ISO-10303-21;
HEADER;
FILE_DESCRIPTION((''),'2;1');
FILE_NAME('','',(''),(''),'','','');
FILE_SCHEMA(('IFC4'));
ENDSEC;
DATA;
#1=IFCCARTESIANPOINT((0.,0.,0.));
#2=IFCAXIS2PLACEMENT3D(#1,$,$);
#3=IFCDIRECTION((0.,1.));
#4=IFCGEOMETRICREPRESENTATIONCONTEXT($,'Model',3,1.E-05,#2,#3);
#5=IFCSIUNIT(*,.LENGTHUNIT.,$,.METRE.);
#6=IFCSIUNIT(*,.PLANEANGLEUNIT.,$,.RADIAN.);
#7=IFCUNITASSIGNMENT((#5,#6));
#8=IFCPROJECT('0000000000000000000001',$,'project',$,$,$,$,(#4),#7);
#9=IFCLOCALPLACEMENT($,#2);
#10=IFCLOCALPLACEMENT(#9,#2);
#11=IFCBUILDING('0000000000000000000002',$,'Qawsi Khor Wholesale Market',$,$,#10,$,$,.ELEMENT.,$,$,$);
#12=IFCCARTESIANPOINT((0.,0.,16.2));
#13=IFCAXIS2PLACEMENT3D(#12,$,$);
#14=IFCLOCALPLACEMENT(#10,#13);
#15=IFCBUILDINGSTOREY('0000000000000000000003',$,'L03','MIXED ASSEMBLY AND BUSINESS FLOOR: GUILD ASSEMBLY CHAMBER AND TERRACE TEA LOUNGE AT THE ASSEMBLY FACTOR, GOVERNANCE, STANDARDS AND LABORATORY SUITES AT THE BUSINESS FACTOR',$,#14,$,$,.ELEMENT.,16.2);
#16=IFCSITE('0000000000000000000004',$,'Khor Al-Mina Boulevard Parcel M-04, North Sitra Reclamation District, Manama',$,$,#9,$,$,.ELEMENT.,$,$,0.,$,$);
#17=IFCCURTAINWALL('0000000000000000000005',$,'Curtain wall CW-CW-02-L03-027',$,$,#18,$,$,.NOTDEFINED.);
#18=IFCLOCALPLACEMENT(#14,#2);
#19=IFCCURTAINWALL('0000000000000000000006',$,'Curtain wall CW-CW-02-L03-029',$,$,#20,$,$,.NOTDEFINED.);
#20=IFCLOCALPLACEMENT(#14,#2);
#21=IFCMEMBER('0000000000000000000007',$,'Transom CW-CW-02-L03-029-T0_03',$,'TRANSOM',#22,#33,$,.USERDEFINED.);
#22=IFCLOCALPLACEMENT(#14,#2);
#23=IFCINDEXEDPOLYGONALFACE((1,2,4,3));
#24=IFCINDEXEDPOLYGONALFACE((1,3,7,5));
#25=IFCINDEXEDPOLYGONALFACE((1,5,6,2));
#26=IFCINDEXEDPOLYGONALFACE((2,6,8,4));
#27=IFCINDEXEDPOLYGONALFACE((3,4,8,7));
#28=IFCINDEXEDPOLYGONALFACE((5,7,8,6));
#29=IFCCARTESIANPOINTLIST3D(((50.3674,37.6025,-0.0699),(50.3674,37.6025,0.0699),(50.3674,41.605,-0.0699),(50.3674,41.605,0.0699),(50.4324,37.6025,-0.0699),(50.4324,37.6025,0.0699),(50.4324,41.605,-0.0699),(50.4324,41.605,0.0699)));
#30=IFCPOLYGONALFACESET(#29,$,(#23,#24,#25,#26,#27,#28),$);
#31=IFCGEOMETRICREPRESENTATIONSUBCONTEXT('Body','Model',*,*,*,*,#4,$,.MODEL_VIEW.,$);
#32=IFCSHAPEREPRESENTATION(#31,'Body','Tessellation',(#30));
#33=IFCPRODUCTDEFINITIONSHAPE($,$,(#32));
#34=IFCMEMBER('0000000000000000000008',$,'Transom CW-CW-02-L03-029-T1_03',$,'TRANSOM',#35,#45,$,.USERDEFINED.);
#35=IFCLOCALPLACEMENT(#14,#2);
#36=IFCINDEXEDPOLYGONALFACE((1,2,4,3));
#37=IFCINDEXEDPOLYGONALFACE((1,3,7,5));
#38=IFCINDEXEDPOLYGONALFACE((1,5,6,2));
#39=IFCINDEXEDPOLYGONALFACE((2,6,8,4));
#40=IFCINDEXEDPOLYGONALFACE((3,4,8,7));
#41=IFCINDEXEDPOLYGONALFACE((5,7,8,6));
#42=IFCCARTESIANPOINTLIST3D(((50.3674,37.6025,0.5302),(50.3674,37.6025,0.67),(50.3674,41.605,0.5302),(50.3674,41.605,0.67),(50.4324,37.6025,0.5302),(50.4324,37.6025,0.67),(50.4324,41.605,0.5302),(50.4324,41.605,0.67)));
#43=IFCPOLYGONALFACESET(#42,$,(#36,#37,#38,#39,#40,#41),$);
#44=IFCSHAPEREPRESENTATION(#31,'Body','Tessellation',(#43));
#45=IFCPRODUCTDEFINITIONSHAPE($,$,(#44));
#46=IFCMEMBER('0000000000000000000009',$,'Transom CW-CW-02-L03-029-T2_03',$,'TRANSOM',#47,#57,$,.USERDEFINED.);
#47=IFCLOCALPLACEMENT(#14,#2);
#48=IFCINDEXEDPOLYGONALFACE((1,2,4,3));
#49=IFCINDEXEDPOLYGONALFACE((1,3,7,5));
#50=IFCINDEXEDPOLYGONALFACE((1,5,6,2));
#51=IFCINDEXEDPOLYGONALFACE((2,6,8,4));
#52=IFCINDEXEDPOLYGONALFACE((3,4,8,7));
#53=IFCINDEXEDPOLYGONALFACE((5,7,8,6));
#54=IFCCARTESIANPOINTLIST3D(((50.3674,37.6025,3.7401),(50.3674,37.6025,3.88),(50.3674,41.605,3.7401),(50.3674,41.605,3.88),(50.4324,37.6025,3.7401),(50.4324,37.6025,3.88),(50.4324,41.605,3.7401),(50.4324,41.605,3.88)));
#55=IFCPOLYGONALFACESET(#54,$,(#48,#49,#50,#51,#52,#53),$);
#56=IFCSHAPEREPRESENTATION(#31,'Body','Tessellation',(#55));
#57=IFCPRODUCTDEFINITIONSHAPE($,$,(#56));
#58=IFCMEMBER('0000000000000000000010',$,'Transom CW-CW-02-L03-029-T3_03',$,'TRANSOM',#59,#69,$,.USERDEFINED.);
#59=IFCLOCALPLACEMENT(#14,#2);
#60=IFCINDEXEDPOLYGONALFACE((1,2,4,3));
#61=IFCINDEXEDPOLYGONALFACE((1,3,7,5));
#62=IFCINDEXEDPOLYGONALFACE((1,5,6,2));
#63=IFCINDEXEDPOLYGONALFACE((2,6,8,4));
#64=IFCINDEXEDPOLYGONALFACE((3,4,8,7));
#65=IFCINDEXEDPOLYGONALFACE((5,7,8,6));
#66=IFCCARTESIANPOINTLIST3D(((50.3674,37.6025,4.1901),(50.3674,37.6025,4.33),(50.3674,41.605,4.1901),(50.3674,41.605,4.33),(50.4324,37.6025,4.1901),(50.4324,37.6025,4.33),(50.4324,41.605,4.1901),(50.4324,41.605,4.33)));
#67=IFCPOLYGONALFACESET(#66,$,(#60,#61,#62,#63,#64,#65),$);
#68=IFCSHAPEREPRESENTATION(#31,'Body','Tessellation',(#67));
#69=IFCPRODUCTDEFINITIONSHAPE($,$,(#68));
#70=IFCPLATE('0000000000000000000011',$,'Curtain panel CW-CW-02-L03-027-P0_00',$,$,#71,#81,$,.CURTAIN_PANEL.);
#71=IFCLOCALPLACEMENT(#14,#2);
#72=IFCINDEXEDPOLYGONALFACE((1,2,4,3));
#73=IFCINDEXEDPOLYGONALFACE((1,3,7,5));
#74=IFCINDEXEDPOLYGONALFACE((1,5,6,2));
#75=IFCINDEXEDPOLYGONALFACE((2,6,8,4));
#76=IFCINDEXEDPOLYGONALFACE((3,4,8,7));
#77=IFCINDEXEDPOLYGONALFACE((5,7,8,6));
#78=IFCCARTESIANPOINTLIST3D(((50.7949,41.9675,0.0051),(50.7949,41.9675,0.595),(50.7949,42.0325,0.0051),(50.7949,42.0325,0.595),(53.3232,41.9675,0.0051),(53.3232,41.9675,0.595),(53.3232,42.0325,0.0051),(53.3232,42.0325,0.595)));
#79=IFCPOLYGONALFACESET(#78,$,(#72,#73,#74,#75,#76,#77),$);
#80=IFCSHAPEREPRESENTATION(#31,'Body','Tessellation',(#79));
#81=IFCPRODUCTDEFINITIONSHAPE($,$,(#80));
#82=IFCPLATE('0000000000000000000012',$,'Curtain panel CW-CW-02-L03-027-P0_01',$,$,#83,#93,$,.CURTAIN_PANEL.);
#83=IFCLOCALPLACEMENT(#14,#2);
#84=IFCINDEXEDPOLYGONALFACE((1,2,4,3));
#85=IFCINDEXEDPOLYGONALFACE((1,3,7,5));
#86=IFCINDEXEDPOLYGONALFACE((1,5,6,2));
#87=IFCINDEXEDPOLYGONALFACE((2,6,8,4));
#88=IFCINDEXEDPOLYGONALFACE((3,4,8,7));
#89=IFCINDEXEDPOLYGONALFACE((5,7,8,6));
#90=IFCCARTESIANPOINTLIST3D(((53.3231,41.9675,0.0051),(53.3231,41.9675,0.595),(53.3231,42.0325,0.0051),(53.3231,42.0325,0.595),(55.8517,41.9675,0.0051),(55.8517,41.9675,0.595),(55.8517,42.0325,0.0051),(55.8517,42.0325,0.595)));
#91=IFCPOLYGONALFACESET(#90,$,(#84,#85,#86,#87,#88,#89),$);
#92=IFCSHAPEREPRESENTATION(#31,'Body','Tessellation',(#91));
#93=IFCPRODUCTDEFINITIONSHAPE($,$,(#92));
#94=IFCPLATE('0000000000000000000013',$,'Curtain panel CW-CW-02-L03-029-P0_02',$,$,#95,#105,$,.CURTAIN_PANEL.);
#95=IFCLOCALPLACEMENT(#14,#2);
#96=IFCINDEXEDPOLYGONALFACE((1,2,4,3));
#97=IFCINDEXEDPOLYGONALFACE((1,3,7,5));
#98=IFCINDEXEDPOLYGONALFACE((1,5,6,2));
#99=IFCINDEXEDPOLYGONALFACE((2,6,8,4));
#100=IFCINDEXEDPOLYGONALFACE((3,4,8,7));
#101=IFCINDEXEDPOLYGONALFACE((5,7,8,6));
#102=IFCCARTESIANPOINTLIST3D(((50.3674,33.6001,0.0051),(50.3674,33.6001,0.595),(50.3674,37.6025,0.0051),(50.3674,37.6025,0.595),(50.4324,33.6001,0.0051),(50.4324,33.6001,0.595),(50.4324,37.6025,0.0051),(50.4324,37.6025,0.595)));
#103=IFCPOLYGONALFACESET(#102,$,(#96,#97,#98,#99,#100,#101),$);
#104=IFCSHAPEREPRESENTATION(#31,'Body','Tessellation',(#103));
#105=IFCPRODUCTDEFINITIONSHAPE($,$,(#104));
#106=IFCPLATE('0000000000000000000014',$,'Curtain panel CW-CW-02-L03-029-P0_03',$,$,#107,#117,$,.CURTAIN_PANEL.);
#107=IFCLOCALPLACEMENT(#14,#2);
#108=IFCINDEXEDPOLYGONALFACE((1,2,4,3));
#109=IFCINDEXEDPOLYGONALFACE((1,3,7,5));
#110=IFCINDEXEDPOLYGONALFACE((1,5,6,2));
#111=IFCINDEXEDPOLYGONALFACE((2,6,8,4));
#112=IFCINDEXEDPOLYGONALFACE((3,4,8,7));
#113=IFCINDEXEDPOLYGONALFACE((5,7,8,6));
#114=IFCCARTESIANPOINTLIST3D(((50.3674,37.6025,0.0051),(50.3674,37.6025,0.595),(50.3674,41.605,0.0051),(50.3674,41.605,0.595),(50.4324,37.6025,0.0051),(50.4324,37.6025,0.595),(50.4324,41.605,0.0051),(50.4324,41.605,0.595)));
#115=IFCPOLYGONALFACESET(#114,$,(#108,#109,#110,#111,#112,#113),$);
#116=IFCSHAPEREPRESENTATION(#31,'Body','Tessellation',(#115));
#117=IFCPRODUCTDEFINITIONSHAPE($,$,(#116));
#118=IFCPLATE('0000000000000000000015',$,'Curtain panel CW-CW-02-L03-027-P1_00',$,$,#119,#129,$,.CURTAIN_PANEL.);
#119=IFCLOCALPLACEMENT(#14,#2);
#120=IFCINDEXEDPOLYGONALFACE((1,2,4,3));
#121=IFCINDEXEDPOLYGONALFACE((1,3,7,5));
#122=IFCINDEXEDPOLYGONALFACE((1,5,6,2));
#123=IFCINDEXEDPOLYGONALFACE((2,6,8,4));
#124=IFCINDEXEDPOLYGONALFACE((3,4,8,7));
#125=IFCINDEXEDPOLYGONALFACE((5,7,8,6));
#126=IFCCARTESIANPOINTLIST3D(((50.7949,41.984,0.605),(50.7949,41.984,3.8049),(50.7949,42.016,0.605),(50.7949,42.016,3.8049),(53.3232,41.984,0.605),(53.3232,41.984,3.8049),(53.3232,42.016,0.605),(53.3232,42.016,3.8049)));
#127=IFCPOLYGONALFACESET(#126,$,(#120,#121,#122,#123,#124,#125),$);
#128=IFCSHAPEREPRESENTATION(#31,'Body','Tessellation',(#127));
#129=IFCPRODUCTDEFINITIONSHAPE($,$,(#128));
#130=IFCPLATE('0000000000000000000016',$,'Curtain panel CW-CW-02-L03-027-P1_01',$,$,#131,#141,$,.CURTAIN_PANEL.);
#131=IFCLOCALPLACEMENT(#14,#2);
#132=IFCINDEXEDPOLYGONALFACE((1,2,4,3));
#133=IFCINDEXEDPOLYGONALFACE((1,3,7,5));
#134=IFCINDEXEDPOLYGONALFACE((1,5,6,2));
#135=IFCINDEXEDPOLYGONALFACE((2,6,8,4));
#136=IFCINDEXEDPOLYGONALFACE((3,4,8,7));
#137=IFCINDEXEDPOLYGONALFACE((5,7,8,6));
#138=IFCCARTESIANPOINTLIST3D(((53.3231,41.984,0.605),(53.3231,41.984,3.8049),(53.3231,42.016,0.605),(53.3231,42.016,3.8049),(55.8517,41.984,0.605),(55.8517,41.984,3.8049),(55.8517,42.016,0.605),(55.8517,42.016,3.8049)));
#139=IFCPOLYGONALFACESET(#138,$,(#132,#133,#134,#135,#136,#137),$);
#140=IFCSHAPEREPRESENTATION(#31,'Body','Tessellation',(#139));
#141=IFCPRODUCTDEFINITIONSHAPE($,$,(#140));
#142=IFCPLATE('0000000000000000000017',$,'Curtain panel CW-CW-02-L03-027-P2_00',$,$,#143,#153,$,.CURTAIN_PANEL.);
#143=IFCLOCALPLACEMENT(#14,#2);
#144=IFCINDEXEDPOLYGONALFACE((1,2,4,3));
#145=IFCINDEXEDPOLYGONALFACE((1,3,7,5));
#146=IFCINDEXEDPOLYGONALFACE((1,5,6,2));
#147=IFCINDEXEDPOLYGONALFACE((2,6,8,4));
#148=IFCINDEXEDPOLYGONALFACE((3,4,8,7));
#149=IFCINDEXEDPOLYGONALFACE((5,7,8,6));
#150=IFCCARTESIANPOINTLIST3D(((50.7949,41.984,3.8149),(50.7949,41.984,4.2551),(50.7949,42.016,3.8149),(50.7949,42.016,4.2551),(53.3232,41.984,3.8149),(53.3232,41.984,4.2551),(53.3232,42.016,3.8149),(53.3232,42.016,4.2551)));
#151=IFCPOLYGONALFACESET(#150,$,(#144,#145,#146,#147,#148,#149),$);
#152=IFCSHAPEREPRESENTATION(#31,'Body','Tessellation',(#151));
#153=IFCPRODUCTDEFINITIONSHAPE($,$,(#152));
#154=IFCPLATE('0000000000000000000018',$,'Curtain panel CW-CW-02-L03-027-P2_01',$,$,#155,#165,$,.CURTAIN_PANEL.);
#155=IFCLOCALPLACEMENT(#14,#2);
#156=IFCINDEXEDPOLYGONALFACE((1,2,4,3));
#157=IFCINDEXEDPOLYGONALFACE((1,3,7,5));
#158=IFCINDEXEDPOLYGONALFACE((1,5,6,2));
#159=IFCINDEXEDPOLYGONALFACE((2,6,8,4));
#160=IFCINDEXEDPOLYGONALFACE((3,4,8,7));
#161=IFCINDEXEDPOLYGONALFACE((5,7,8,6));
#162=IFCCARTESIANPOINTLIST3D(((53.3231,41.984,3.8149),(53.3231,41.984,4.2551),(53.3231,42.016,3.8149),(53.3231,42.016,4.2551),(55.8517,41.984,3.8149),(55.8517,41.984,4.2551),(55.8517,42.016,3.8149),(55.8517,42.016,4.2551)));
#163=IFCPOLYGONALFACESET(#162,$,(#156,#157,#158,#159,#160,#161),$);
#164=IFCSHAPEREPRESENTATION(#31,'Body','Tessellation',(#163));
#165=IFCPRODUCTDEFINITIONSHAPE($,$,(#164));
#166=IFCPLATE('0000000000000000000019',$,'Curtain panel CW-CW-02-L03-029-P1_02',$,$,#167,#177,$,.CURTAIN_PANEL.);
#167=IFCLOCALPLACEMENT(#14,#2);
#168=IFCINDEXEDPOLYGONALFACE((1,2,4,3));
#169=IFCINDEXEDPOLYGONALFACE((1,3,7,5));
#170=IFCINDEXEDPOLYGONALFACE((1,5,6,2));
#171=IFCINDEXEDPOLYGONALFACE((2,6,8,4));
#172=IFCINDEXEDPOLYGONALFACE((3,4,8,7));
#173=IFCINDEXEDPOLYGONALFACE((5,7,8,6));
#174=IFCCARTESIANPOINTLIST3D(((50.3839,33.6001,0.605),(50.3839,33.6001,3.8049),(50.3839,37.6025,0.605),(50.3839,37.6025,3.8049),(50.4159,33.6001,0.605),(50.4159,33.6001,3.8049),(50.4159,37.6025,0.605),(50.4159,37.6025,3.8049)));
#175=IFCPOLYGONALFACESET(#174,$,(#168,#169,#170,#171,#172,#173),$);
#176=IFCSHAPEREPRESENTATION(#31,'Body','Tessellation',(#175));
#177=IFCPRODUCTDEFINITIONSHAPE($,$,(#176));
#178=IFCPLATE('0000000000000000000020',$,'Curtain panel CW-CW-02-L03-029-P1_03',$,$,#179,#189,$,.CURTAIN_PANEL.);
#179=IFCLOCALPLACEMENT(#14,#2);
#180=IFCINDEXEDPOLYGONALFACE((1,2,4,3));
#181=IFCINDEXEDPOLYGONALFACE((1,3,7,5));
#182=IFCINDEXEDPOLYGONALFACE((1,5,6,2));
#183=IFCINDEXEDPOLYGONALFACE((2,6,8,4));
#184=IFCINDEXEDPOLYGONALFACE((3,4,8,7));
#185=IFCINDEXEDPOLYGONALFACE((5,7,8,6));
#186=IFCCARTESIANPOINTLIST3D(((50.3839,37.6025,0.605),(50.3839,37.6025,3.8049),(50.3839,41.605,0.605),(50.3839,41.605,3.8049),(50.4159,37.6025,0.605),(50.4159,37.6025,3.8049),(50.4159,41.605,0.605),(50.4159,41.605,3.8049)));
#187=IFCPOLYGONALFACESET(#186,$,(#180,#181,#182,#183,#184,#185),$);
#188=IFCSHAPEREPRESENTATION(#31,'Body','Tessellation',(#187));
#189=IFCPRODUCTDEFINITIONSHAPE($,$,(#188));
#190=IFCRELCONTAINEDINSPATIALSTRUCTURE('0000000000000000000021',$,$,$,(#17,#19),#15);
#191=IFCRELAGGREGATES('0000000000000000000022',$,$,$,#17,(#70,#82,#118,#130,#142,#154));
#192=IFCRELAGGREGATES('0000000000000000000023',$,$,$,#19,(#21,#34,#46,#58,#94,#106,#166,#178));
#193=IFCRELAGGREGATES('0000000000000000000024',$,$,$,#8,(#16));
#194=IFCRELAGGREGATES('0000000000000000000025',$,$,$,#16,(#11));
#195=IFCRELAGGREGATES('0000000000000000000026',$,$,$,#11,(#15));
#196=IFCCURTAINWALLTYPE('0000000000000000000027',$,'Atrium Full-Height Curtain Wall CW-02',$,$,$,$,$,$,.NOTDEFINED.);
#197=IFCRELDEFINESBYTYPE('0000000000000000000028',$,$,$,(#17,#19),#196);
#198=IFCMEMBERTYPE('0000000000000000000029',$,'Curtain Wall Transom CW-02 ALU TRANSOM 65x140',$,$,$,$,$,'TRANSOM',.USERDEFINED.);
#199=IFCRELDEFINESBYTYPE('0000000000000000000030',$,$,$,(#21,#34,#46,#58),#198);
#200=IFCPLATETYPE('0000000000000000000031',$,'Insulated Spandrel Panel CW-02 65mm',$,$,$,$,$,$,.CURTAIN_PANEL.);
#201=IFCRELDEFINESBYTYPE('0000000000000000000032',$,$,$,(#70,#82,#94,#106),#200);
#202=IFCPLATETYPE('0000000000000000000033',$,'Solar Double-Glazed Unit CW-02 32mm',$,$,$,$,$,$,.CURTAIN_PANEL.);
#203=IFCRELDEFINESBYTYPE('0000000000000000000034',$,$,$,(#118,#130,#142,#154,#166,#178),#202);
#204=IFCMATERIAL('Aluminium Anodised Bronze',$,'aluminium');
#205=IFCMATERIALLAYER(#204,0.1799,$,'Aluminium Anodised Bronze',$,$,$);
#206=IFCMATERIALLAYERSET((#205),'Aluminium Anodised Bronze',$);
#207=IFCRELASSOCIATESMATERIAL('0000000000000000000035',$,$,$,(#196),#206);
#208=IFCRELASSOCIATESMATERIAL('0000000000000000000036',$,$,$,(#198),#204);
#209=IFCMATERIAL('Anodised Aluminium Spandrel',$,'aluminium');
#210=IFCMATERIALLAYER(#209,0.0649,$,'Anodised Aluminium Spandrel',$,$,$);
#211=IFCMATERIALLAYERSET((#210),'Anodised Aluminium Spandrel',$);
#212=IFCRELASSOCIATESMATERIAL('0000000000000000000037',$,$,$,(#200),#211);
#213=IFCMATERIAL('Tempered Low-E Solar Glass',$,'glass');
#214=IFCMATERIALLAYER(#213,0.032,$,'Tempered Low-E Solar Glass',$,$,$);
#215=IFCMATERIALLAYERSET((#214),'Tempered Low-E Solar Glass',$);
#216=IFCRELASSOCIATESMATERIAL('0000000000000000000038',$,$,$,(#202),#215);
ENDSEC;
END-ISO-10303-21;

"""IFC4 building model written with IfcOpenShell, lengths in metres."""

from ifc_helpers import new_model, si_unit, direction, frame, frame_2d, origin, origin_2d, place, context, subcontext, project, spatial, rectangle, extrude, material, layer, layer_set, material_profile, profile_set, type_object, element, aggregate, save


model = new_model("IFC4")

# Units and contexts
model_context = context("Model", 3, precision=1e-05, world=origin(), true_north=direction((0.0, 1.0)))
body_context = subcontext(model_context, "Body", "Model", "MODEL_VIEW")
ifc_project = project(units=[si_unit("LENGTHUNIT", "METRE"), si_unit("PLANEANGLEUNIT", "RADIAN")], contexts=[model_context])

# Site, building, storey
site_placement = place(None, origin())
site = spatial("IfcSite", under=ifc_project, at=site_placement, Name="Khor Al-Mina Boulevard Parcel M-04, North Sitra Reclamation District, Manama", CompositionType="ELEMENT", RefElevation=0.0)
building_placement = place(site_placement, origin())
building = spatial("IfcBuilding", under=site, at=building_placement, Name="Qawsi Khor Wholesale Market", CompositionType="ELEMENT")
storey_placement = place(building_placement, frame((0.0, 0.0, 16.2)))
storey = spatial("IfcBuildingStorey", under=building, at=storey_placement, Name="L03", Description="MIXED ASSEMBLY AND BUSINESS FLOOR: GUILD ASSEMBLY CHAMBER AND TERRACE TEA LOUNGE AT THE ASSEMBLY FACTOR, GOVERNANCE, STANDARDS AND LABORATORY SUITES AT THE BUSINESS FACTOR", CompositionType="ELEMENT", Elevation=16.2)

# Curtain walls
ifc_material_1 = material(Name="Aluminium Anodised Bronze", Category="aluminium")
ifc_layer_1 = layer(ifc_material_1, 0.1799, Name="Aluminium Anodised Bronze")
ifc_layer_set_1 = layer_set([ifc_layer_1], Name="Aluminium Anodised Bronze")
curtain_wall_type = type_object("IfcCurtainWallType", Name="Atrium Full-Height Curtain Wall CW-02", PredefinedType="NOTDEFINED", material=ifc_layer_set_1)
curtain_wall_1_placement = place(storey_placement, origin())
curtain_wall_1 = element("IfcCurtainWall", 1, at=curtain_wall_1_placement, inside=storey, type_object=curtain_wall_type, Name="Curtain wall CW-CW-02-L03-027", PredefinedType="NOTDEFINED")
curtain_wall_2_placement = place(storey_placement, origin())
curtain_wall_2 = element("IfcCurtainWall", 2, at=curtain_wall_2_placement, inside=storey, type_object=curtain_wall_type, Name="Curtain wall CW-CW-02-L03-029", PredefinedType="NOTDEFINED")

# Members
ifc_material_profile_1 = material_profile(ifc_material_1, rectangle(XDim=0.0649, YDim=0.1399, at=origin_2d()), Name="ALU TRANSOM 65x140")
ifc_profile_set_1 = profile_set([ifc_material_profile_1], Name="Aluminium Anodised Bronze")
member_type_1 = type_object("IfcMemberType", Name="Curtain Wall Transom CW-02 ALU TRANSOM 65x140", ElementType="TRANSOM", PredefinedType="USERDEFINED", material=ifc_profile_set_1)
member_1_placement = place(storey_placement, frame((50.3999, 37.6025, 0.0), z_axis=(0.0, 1.0, 0.0), x_axis=(-1.0, 0.0, 0.0)))
member_1 = element("IfcMember", 3, at=member_1_placement, type_object=member_type_1, Name="Transom CW-CW-02-L03-029-T0_03", ObjectType="TRANSOM", PredefinedType="USERDEFINED", context=body_context, shape_type="SweptSolid", body=[
    extrude(rectangle(XDim=0.0649, YDim=0.1399, at=origin_2d()), origin(), (0.0, 0.0, 1.0), 4.0024),
])
member_2_placement = place(storey_placement, frame((50.3999, 37.6025, 0.6001), z_axis=(0.0, 1.0, 0.0), x_axis=(-1.0, 0.0, 0.0)))
member_2 = element("IfcMember", 4, at=member_2_placement, type_object=member_type_1, Name="Transom CW-CW-02-L03-029-T1_03", ObjectType="TRANSOM", PredefinedType="USERDEFINED", context=body_context, shape_type="SweptSolid", body=[
    extrude(rectangle(XDim=0.0649, YDim=0.1399, at=origin_2d()), origin(), (0.0, 0.0, 1.0), 4.0024),
])
member_3_placement = place(storey_placement, frame((50.3999, 37.6025, 3.8101), z_axis=(0.0, 1.0, 0.0), x_axis=(-1.0, 0.0, 0.0)))
member_3 = element("IfcMember", 5, at=member_3_placement, type_object=member_type_1, Name="Transom CW-CW-02-L03-029-T2_03", ObjectType="TRANSOM", PredefinedType="USERDEFINED", context=body_context, shape_type="SweptSolid", body=[
    extrude(rectangle(XDim=0.0649, YDim=0.1399, at=origin_2d()), origin(), (0.0, 0.0, 1.0), 4.0024),
])
member_4_placement = place(storey_placement, frame((50.3999, 37.6025, 4.26), z_axis=(0.0, 1.0, 0.0), x_axis=(-1.0, 0.0, 0.0)))
member_4 = element("IfcMember", 6, at=member_4_placement, type_object=member_type_1, Name="Transom CW-CW-02-L03-029-T3_03", ObjectType="TRANSOM", PredefinedType="USERDEFINED", context=body_context, shape_type="SweptSolid", body=[
    extrude(rectangle(XDim=0.0649, YDim=0.1399, at=origin_2d()), origin(), (0.0, 0.0, 1.0), 4.0024),
])

# Plates
ifc_material_2 = material(Name="Anodised Aluminium Spandrel", Category="aluminium")
ifc_layer_2 = layer(ifc_material_2, 0.0649, Name="Anodised Aluminium Spandrel")
ifc_layer_set_2 = layer_set([ifc_layer_2], Name="Anodised Aluminium Spandrel")
plate_type_1 = type_object("IfcPlateType", Name="Insulated Spandrel Panel CW-02 65mm", PredefinedType="CURTAIN_PANEL", material=ifc_layer_set_2)
plate_1_placement = place(storey_placement, frame((50.7949, 42.0, 0.0051), z_axis=(0.0, 0.0, 1.0), x_axis=(1.0, 0.0, 0.0)))
plate_1 = element("IfcPlate", 7, at=plate_1_placement, type_object=plate_type_1, Name="Curtain panel CW-CW-02-L03-027-P0_00", PredefinedType="CURTAIN_PANEL", context=body_context, shape_type="SweptSolid", body=[
    extrude(rectangle(XDim=2.5283, YDim=0.0649, at=frame_2d((1.2642, 0.0))), origin(), (0.0, 0.0, 1.0), 0.5898),
])
plate_2_placement = place(storey_placement, frame((53.3232, 42.0, 0.0051), z_axis=(0.0, 0.0, 1.0), x_axis=(1.0, 0.0, 0.0)))
plate_2 = element("IfcPlate", 8, at=plate_2_placement, type_object=plate_type_1, Name="Curtain panel CW-CW-02-L03-027-P0_01", PredefinedType="CURTAIN_PANEL", context=body_context, shape_type="SweptSolid", body=[
    extrude(rectangle(XDim=2.5286, YDim=0.0649, at=frame_2d((1.2642, 0.0))), origin(), (0.0, 0.0, 1.0), 0.5898),
])
plate_3_placement = place(storey_placement, frame((50.3999, 33.6001, 0.0051), z_axis=(0.0, 0.0, 1.0), x_axis=(0.0, 1.0, 0.0)))
plate_3 = element("IfcPlate", 9, at=plate_3_placement, type_object=plate_type_1, Name="Curtain panel CW-CW-02-L03-029-P0_02", PredefinedType="CURTAIN_PANEL", context=body_context, shape_type="SweptSolid", body=[
    extrude(rectangle(XDim=4.0024, YDim=0.0649, at=frame_2d((2.0012, 0.0))), origin(), (0.0, 0.0, 1.0), 0.5898),
])
plate_4_placement = place(storey_placement, frame((50.3999, 37.6025, 0.0051), z_axis=(0.0, 0.0, 1.0), x_axis=(0.0, 1.0, 0.0)))
plate_4 = element("IfcPlate", 10, at=plate_4_placement, type_object=plate_type_1, Name="Curtain panel CW-CW-02-L03-029-P0_03", PredefinedType="CURTAIN_PANEL", context=body_context, shape_type="SweptSolid", body=[
    extrude(rectangle(XDim=4.0024, YDim=0.0649, at=frame_2d((2.0012, 0.0))), origin(), (0.0, 0.0, 1.0), 0.5898),
])
ifc_material_3 = material(Name="Tempered Low-E Solar Glass", Category="glass")
ifc_layer_3 = layer(ifc_material_3, 0.032, Name="Tempered Low-E Solar Glass")
ifc_layer_set_3 = layer_set([ifc_layer_3], Name="Tempered Low-E Solar Glass")
plate_type_2 = type_object("IfcPlateType", Name="Solar Double-Glazed Unit CW-02 32mm", PredefinedType="CURTAIN_PANEL", material=ifc_layer_set_3)
plate_5_placement = place(storey_placement, frame((50.7949, 42.0, 0.605), z_axis=(0.0, 0.0, 1.0), x_axis=(1.0, 0.0, 0.0)))
plate_5 = element("IfcPlate", 11, at=plate_5_placement, type_object=plate_type_2, Name="Curtain panel CW-CW-02-L03-027-P1_00", PredefinedType="CURTAIN_PANEL", context=body_context, shape_type="SweptSolid", body=[
    extrude(rectangle(XDim=2.5283, YDim=0.032, at=frame_2d((1.2642, 0.0))), origin(), (0.0, 0.0, 1.0), 3.2),
])
plate_6_placement = place(storey_placement, frame((53.3232, 42.0, 0.605), z_axis=(0.0, 0.0, 1.0), x_axis=(1.0, 0.0, 0.0)))
plate_6 = element("IfcPlate", 12, at=plate_6_placement, type_object=plate_type_2, Name="Curtain panel CW-CW-02-L03-027-P1_01", PredefinedType="CURTAIN_PANEL", context=body_context, shape_type="SweptSolid", body=[
    extrude(rectangle(XDim=2.5286, YDim=0.032, at=frame_2d((1.2642, 0.0))), origin(), (0.0, 0.0, 1.0), 3.2),
])
plate_7_placement = place(storey_placement, frame((50.7949, 42.0, 3.8149), z_axis=(0.0, 0.0, 1.0), x_axis=(1.0, 0.0, 0.0)))
plate_7 = element("IfcPlate", 13, at=plate_7_placement, type_object=plate_type_2, Name="Curtain panel CW-CW-02-L03-027-P2_00", PredefinedType="CURTAIN_PANEL", context=body_context, shape_type="SweptSolid", body=[
    extrude(rectangle(XDim=2.5283, YDim=0.032, at=frame_2d((1.2642, 0.0))), origin(), (0.0, 0.0, 1.0), 0.4402),
])
plate_8_placement = place(storey_placement, frame((53.3232, 42.0, 3.8149), z_axis=(0.0, 0.0, 1.0), x_axis=(1.0, 0.0, 0.0)))
plate_8 = element("IfcPlate", 14, at=plate_8_placement, type_object=plate_type_2, Name="Curtain panel CW-CW-02-L03-027-P2_01", PredefinedType="CURTAIN_PANEL", context=body_context, shape_type="SweptSolid", body=[
    extrude(rectangle(XDim=2.5286, YDim=0.032, at=frame_2d((1.2642, 0.0))), origin(), (0.0, 0.0, 1.0), 0.4402),
])
aggregate(curtain_wall_1, [plate_1, plate_2, plate_5, plate_6, plate_7, plate_8])
plate_9_placement = place(storey_placement, frame((50.3999, 33.6001, 0.605), z_axis=(0.0, 0.0, 1.0), x_axis=(0.0, 1.0, 0.0)))
plate_9 = element("IfcPlate", 15, at=plate_9_placement, type_object=plate_type_2, Name="Curtain panel CW-CW-02-L03-029-P1_02", PredefinedType="CURTAIN_PANEL", context=body_context, shape_type="SweptSolid", body=[
    extrude(rectangle(XDim=4.0024, YDim=0.032, at=frame_2d((2.0012, 0.0))), origin(), (0.0, 0.0, 1.0), 3.2),
])
plate_10_placement = place(storey_placement, frame((50.3999, 37.6025, 0.605), z_axis=(0.0, 0.0, 1.0), x_axis=(0.0, 1.0, 0.0)))
plate_10 = element("IfcPlate", 16, at=plate_10_placement, type_object=plate_type_2, Name="Curtain panel CW-CW-02-L03-029-P1_03", PredefinedType="CURTAIN_PANEL", context=body_context, shape_type="SweptSolid", body=[
    extrude(rectangle(XDim=4.0024, YDim=0.032, at=frame_2d((2.0012, 0.0))), origin(), (0.0, 0.0, 1.0), 3.2),
])
aggregate(curtain_wall_2, [member_1, member_2, member_3, member_4, plate_3, plate_4, plate_9, plate_10])

save(model, "model.ifc")
